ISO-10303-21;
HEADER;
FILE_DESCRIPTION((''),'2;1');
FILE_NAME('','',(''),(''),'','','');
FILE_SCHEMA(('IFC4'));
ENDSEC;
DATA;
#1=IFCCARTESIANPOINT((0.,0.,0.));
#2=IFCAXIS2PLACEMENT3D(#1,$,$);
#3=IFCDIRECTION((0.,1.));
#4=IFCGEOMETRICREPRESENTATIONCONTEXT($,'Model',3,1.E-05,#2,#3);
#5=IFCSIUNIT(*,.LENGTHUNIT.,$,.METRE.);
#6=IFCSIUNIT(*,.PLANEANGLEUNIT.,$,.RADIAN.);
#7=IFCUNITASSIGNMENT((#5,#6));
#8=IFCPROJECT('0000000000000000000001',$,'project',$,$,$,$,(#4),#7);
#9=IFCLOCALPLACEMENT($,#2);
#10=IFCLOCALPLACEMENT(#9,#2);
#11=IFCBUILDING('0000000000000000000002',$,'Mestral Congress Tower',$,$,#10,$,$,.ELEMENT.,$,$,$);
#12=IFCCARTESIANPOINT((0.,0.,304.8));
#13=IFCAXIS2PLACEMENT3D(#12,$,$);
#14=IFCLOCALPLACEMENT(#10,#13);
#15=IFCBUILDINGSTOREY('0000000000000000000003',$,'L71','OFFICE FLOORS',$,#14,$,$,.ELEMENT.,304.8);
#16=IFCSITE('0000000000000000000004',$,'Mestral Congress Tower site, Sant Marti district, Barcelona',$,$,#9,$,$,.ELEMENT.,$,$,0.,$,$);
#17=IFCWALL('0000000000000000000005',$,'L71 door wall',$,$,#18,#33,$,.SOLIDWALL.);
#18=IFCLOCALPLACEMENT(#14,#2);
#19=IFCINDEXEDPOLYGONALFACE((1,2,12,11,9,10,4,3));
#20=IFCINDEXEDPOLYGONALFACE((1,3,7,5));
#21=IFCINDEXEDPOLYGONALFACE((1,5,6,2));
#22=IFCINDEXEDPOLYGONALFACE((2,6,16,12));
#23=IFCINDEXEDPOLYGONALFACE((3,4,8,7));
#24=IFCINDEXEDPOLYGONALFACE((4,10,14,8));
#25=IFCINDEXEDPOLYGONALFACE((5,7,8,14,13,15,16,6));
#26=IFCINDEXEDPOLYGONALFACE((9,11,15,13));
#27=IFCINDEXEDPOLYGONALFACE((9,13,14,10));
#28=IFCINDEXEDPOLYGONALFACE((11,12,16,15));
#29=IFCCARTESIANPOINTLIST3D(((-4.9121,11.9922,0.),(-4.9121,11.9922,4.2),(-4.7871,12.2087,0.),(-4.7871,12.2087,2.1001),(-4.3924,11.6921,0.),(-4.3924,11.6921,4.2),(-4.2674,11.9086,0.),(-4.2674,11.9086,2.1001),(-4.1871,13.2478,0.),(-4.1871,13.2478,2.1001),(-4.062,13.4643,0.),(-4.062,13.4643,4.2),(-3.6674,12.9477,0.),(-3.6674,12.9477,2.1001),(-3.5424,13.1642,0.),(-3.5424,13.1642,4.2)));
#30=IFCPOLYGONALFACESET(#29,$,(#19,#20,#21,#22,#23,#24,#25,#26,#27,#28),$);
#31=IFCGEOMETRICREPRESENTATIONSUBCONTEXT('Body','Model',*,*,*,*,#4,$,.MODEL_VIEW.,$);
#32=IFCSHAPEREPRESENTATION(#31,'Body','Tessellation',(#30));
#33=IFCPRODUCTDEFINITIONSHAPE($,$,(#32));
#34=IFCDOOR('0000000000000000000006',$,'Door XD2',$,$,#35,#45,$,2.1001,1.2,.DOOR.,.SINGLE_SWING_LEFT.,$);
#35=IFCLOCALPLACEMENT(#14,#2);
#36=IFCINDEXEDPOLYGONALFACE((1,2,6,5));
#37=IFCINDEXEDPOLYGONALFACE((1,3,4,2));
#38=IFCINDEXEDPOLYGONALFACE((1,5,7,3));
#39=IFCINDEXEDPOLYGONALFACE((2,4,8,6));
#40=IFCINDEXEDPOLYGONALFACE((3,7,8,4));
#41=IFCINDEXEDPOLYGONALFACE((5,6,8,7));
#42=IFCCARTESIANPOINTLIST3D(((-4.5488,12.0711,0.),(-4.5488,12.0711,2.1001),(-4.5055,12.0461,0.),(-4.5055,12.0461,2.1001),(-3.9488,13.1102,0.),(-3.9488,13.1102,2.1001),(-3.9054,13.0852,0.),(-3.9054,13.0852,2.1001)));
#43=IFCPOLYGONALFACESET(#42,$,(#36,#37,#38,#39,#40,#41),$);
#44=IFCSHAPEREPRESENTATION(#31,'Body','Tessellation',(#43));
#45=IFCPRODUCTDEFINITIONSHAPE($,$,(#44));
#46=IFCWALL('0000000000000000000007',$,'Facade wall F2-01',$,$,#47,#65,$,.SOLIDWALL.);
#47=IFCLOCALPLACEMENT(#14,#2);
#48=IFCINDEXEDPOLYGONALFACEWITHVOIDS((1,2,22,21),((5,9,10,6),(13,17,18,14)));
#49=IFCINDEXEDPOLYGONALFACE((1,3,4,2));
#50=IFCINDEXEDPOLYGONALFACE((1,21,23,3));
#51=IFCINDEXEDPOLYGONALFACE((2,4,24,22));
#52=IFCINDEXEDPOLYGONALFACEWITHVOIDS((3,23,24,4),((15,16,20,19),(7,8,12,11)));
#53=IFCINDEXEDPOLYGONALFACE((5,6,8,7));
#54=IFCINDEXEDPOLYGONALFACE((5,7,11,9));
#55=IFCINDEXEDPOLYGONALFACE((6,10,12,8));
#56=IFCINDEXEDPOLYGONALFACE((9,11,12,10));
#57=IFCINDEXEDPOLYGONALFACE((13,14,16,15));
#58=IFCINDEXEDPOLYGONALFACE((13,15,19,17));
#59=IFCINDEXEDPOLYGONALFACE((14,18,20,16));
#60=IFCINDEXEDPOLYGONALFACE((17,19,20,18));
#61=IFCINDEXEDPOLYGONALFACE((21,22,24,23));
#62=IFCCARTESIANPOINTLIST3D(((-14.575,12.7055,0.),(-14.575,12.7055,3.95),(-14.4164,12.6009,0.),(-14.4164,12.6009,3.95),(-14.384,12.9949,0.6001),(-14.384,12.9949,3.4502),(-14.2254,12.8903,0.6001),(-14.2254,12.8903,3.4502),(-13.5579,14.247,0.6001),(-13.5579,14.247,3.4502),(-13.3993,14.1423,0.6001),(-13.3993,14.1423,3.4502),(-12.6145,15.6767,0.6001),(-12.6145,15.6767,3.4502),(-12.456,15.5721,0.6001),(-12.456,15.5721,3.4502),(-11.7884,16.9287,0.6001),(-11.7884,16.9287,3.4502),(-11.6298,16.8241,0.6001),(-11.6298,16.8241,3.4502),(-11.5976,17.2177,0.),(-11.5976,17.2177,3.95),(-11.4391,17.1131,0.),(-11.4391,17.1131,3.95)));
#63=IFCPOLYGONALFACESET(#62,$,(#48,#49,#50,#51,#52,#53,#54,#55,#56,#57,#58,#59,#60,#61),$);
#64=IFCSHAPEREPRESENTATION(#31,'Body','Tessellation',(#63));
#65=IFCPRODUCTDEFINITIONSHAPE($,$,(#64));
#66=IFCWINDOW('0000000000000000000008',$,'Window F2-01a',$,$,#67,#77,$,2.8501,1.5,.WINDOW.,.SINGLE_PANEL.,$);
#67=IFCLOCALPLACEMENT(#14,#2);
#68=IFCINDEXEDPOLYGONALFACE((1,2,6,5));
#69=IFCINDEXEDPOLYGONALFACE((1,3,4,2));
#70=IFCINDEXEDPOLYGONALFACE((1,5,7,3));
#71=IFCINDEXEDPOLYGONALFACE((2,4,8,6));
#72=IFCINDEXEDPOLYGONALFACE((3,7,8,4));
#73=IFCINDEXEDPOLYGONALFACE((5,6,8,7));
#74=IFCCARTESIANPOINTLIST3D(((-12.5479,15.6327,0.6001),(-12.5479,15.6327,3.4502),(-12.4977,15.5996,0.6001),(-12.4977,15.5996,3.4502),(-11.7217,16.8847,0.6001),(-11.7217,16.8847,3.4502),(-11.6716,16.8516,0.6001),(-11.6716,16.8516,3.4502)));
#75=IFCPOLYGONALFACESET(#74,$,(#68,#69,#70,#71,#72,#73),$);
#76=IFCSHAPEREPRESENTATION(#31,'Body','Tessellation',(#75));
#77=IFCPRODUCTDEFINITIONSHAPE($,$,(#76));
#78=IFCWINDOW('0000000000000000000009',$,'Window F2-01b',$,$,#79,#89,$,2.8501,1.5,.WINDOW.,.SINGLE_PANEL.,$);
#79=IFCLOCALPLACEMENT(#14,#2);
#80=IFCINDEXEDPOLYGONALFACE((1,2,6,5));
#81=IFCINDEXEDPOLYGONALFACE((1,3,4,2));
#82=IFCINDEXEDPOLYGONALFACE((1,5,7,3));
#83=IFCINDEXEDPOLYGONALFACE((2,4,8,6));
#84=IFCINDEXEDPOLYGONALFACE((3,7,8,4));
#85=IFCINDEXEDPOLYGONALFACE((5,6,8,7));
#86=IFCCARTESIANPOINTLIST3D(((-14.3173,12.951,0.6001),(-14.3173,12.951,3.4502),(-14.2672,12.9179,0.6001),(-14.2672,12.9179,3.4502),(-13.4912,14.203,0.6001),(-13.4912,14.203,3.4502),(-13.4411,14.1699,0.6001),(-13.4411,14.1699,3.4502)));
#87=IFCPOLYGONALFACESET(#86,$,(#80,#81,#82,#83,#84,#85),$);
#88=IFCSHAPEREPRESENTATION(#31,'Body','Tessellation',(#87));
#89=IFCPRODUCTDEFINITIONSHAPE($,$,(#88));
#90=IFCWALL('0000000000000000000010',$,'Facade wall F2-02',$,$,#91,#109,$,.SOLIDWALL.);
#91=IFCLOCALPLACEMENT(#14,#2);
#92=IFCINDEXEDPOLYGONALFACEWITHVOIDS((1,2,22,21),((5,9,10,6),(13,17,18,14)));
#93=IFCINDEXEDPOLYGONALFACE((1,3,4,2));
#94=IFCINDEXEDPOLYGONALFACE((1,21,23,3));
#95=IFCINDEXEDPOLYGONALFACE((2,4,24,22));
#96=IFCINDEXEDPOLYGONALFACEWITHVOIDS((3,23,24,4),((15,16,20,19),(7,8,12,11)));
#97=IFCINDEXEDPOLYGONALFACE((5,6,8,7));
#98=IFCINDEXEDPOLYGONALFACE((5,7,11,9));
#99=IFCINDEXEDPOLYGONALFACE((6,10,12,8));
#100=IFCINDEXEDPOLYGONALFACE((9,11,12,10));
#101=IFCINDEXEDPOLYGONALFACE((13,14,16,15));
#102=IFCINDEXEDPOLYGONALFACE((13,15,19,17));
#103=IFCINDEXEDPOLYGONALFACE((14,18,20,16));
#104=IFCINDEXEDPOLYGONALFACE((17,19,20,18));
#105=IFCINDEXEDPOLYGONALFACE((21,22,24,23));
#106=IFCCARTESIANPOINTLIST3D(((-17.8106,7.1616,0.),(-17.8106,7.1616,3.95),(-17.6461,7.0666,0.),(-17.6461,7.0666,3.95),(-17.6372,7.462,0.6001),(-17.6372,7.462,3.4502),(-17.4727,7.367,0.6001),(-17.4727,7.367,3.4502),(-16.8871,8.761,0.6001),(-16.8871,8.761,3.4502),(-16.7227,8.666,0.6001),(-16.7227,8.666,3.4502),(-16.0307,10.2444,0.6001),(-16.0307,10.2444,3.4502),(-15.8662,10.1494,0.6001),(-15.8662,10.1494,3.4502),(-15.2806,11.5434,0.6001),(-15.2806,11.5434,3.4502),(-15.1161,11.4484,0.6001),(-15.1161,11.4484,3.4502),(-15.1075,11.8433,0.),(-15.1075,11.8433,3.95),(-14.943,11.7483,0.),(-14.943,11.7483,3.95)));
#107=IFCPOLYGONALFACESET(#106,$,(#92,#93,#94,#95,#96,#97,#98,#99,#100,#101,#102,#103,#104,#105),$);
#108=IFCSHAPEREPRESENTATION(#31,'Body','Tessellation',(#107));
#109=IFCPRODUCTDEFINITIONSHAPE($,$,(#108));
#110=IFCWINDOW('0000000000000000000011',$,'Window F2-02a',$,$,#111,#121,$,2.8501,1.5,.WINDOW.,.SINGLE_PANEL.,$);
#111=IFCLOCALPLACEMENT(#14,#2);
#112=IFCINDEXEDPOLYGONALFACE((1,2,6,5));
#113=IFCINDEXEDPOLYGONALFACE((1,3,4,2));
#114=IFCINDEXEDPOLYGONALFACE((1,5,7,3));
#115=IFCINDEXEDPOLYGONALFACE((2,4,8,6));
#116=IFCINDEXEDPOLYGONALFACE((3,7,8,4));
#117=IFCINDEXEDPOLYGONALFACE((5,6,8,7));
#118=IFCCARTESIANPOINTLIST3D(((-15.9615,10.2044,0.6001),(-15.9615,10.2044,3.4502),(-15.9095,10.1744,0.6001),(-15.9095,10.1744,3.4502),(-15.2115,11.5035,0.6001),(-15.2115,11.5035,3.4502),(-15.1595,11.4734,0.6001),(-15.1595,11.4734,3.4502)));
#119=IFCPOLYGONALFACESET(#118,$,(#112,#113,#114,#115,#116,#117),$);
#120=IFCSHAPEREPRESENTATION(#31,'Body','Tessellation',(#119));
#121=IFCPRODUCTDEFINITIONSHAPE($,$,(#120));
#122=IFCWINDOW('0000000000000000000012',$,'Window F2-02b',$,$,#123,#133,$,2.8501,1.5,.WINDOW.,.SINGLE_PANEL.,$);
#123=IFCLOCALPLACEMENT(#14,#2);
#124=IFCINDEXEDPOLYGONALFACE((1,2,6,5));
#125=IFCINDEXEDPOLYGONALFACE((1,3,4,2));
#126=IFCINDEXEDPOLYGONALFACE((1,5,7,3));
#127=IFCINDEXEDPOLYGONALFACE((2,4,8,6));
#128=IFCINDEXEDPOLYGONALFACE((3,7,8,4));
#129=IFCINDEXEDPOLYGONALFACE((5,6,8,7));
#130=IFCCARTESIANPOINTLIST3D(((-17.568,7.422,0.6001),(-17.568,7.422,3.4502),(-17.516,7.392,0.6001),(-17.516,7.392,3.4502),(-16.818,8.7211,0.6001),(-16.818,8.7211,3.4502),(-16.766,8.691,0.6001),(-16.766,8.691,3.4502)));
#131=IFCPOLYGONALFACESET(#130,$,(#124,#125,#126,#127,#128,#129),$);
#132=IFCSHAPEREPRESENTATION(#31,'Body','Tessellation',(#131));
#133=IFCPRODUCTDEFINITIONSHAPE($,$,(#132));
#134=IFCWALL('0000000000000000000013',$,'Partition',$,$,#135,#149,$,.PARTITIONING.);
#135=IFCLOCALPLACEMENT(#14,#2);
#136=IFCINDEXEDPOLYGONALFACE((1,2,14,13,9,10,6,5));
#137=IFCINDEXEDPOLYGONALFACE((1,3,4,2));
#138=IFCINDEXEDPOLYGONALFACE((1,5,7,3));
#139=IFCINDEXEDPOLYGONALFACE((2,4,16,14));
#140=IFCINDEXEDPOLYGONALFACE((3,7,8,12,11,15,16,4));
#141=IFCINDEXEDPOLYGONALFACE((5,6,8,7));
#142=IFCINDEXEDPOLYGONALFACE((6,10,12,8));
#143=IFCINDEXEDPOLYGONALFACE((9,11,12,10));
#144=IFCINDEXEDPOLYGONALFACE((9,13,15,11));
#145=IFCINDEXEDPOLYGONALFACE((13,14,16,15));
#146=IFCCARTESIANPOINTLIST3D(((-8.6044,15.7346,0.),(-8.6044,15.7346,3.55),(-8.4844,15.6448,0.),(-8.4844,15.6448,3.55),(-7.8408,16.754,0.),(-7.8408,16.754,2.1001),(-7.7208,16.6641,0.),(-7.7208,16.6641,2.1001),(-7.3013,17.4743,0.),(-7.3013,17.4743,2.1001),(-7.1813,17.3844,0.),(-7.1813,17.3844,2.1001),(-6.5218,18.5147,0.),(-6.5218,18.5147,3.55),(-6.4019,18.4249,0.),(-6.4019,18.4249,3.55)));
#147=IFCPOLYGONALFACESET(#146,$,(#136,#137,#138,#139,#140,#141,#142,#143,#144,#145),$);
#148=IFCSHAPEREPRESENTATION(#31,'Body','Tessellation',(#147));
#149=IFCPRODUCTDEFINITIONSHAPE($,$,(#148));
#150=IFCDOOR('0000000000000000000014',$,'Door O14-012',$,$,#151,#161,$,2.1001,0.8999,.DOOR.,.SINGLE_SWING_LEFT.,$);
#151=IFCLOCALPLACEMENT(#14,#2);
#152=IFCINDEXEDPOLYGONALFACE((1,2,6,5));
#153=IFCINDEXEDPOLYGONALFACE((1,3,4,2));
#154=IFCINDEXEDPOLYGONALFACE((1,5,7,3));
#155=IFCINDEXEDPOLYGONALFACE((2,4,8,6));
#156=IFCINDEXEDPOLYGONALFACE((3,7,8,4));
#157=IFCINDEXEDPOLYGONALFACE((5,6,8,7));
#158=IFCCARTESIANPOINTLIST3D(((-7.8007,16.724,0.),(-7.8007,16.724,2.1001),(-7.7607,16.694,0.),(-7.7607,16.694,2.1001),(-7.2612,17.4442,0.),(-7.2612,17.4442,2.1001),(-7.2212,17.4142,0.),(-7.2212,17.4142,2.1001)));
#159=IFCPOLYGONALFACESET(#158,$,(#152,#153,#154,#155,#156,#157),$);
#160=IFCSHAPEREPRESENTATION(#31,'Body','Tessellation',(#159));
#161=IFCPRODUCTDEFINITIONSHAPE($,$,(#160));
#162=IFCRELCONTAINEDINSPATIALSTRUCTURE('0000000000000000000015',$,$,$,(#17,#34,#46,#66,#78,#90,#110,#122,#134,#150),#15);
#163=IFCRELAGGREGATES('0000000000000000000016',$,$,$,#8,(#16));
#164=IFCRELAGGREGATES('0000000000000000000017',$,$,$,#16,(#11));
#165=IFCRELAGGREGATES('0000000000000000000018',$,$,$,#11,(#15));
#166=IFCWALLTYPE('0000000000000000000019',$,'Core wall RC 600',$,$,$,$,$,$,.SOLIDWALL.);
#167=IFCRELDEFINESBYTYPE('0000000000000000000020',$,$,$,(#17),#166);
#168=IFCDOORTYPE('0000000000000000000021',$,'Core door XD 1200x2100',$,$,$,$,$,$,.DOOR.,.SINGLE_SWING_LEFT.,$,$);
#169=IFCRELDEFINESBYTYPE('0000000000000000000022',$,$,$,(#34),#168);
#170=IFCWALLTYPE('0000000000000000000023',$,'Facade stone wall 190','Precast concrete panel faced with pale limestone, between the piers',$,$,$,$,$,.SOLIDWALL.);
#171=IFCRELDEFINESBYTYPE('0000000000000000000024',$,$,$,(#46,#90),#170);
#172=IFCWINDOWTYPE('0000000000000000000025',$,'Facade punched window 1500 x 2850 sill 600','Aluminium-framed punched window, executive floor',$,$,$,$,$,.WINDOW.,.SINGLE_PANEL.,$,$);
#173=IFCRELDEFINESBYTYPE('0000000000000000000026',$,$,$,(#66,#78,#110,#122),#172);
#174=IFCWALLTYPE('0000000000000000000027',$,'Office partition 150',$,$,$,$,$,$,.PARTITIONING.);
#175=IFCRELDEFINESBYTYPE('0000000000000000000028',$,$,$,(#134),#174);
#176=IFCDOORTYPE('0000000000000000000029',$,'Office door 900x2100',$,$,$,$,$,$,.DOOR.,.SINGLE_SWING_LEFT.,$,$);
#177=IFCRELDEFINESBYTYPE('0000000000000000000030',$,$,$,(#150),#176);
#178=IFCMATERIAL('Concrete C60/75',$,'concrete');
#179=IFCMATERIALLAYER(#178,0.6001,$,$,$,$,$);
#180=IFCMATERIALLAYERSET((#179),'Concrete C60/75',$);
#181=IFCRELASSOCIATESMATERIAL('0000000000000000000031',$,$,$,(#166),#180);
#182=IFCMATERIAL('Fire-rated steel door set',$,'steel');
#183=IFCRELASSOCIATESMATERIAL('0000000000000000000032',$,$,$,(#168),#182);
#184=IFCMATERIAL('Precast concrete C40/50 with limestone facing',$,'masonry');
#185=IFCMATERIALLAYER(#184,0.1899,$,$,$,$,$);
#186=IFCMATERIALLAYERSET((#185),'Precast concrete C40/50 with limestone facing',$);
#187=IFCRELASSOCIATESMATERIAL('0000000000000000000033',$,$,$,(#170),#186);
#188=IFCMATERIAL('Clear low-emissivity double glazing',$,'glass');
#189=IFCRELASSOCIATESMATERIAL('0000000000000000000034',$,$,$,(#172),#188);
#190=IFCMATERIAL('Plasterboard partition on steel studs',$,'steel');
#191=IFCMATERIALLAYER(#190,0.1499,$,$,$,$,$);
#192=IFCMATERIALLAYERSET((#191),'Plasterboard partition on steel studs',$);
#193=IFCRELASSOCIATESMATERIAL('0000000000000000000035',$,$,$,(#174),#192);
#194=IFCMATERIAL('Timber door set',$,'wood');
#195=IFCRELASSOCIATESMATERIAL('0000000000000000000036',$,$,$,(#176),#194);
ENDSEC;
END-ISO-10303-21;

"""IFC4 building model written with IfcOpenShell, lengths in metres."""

from ifc_helpers import new_model, si_unit, direction, frame, frame_2d, origin, place, context, subcontext, project, spatial, rectangle, extrude, material, layer, layer_set, type_object, element, fill, save


model = new_model("IFC4")

# Units and contexts
model_context = context("Model", 3, precision=1e-05, world=origin(), true_north=direction((0.0, 1.0)))
body_context = subcontext(model_context, "Body", "Model", "MODEL_VIEW")
ifc_project = project(units=[si_unit("LENGTHUNIT", "METRE"), si_unit("PLANEANGLEUNIT", "RADIAN")], contexts=[model_context])

# Site, building, storey
site_placement = place(None, origin())
site = spatial("IfcSite", under=ifc_project, at=site_placement, Name="Mestral Congress Tower site, Sant Marti district, Barcelona", CompositionType="ELEMENT", RefElevation=0.0)
building_placement = place(site_placement, origin())
building = spatial("IfcBuilding", under=site, at=building_placement, Name="Mestral Congress Tower", CompositionType="ELEMENT")
storey_placement = place(building_placement, frame((0.0, 0.0, 304.8)))
storey = spatial("IfcBuildingStorey", under=building, at=storey_placement, Name="L71", Description="OFFICE FLOORS", CompositionType="ELEMENT", Elevation=304.8)

# Shared definitions
ifc_material_1 = material(Name="Concrete C60/75", Category="concrete")

# Shared definitions
ifc_layer_1 = layer(ifc_material_1, 0.6001)
ifc_layer_set_1 = layer_set([ifc_layer_1], Name="Concrete C60/75")
wall_type_1 = type_object("IfcWallType", Name="Core wall RC 600", PredefinedType="SOLIDWALL", material=ifc_layer_set_1)

# Wall, opening, door
wall_1_placement = place(storey_placement, frame((-4.6523, 11.842, 0.0), z_axis=(0.0, 0.0, 1.0), x_axis=(0.500062, 0.865989, 0.0)))
wall_1 = element("IfcWall", 1, at=wall_1_placement, inside=storey, type_object=wall_type_1, Name="L71 door wall", PredefinedType="SOLIDWALL", context=body_context, shape_type="SweptSolid", body=[
    extrude(rectangle(XDim=1.7, YDim=0.6001, at=frame_2d((0.8501, 0.0))), origin(), (0.0, 0.0, 1.0), 4.2),
])
opening_1_placement = place(wall_1_placement, frame((0.25, 0.0, 0.0)))
opening_1 = element("IfcOpeningElement", 2, at=opening_1_placement, cuts=wall_1, PredefinedType="OPENING", context=body_context, shape_type="SweptSolid", body=[
    extrude(rectangle(XDim=1.2, YDim=2.1001, at=frame_2d((0.6001, 1.05))), frame((0.0, 0.3101, 0.0), z_axis=(0.0, -1.0, 0.0), x_axis=(1.0, 0.0, 0.0)), (0.0, 0.0, 1.0), 0.6201),
])
ifc_material_2 = material(Name="Fire-rated steel door set", Category="steel")
door_type_1 = type_object("IfcDoorType", Name="Core door XD 1200x2100", OperationType="SINGLE_SWING_LEFT", PredefinedType="DOOR", material=ifc_material_2)
door_1_placement = place(opening_1_placement, origin())
door_1 = element("IfcDoor", 3, at=door_1_placement, inside=storey, type_object=door_type_1, Name="Door XD2", OperationType="SINGLE_SWING_LEFT", OverallHeight=2.1001, OverallWidth=1.2, PredefinedType="DOOR", context=body_context, shape_type="SweptSolid", body=[
    extrude(rectangle(XDim=1.2, YDim=2.1001, at=frame_2d((0.6001, 1.05))), frame((0.0, 0.0249, 0.0), z_axis=(0.0, -1.0, 0.0), x_axis=(1.0, 0.0, 0.0)), (0.0, 0.0, 1.0), 0.05),
])
fill(opening_1, door_1)

# Walls, openings, windows
ifc_material_3 = material(Name="Precast concrete C40/50 with limestone facing", Category="masonry")
ifc_layer_2 = layer(ifc_material_3, 0.1899)
ifc_layer_set_2 = layer_set([ifc_layer_2], Name="Precast concrete C40/50 with limestone facing")
wall_type_2 = type_object("IfcWallType", Name="Facade stone wall 190", Description="Precast concrete panel faced with pale limestone, between the piers", PredefinedType="SOLIDWALL", material=ifc_layer_set_2)
wall_2_placement = place(storey_placement, frame((-11.5183, 17.1655, 0.0), z_axis=(0.0, 0.0, 1.0), x_axis=(-0.550744, -0.834674, 0.0)))
wall_2 = element("IfcWall", 4, at=wall_2_placement, inside=storey, type_object=wall_type_2, Name="Facade wall F2-01", PredefinedType="SOLIDWALL", context=body_context, shape_type="SweptSolid", body=[
    extrude(rectangle(XDim=5.406, YDim=0.1899, at=frame_2d((2.7031, 0.0))), origin(), (0.0, 0.0, 1.0), 3.95),
])
opening_2_placement = place(wall_2_placement, frame((0.3464, 0.0, 0.6001)))
opening_2 = element("IfcOpeningElement", 5, at=opening_2_placement, cuts=wall_2, PredefinedType="OPENING", context=body_context, shape_type="SweptSolid", body=[
    extrude(rectangle(XDim=1.5, YDim=2.8501, at=frame_2d((0.75, 1.425))), frame((0.0, 0.105, 0.0), z_axis=(0.0, -1.0, 0.0), x_axis=(1.0, 0.0, 0.0)), (0.0, 0.0, 1.0), 0.21),
])
opening_3_placement = place(wall_2_placement, frame((3.5593, 0.0, 0.6001)))
opening_3 = element("IfcOpeningElement", 6, at=opening_3_placement, cuts=wall_2, PredefinedType="OPENING", context=body_context, shape_type="SweptSolid", body=[
    extrude(rectangle(XDim=1.5, YDim=2.8501, at=frame_2d((0.75, 1.425))), frame((0.0, 0.105, 0.0), z_axis=(0.0, -1.0, 0.0), x_axis=(1.0, 0.0, 0.0)), (0.0, 0.0, 1.0), 0.21),
])
ifc_material_4 = material(Name="Clear low-emissivity double glazing", Category="glass")
window_type = type_object("IfcWindowType", Name="Facade punched window 1500 x 2850 sill 600", Description="Aluminium-framed punched window, executive floor", PartitioningType="SINGLE_PANEL", PredefinedType="WINDOW", material=ifc_material_4)
window_1_placement = place(opening_2_placement, origin())
window_1 = element("IfcWindow", 7, at=window_1_placement, inside=storey, type_object=window_type, Name="Window F2-01a", OverallHeight=2.8501, OverallWidth=1.5, PartitioningType="SINGLE_PANEL", PredefinedType="WINDOW", context=body_context, shape_type="SweptSolid", body=[
    extrude(rectangle(XDim=1.5, YDim=2.8501, at=frame_2d((0.75, 1.425))), frame((0.0, 0.0449, 0.0), z_axis=(0.0, -1.0, 0.0), x_axis=(1.0, 0.0, 0.0)), (0.0, 0.0, 1.0), 0.0601),
])
fill(opening_2, window_1)
window_2_placement = place(opening_3_placement, origin())
window_2 = element("IfcWindow", 8, at=window_2_placement, inside=storey, type_object=window_type, Name="Window F2-01b", OverallHeight=2.8501, OverallWidth=1.5, PartitioningType="SINGLE_PANEL", PredefinedType="WINDOW", context=body_context, shape_type="SweptSolid", body=[
    extrude(rectangle(XDim=1.5, YDim=2.8501, at=frame_2d((0.75, 1.425))), frame((0.0, 0.0449, 0.0), z_axis=(0.0, -1.0, 0.0), x_axis=(1.0, 0.0, 0.0)), (0.0, 0.0, 1.0), 0.0601),
])
fill(opening_3, window_2)
wall_3_placement = place(storey_placement, frame((-15.0251, 11.7959, 0.0), z_axis=(0.0, 0.0, 1.0), x_axis=(-0.500025, -0.866011, 0.0)))
wall_3 = element("IfcWall", 9, at=wall_3_placement, inside=storey, type_object=wall_type_2, Name="Facade wall F2-02", PredefinedType="SOLIDWALL", context=body_context, shape_type="SweptSolid", body=[
    extrude(rectangle(XDim=5.406, YDim=0.1899, at=frame_2d((2.7031, 0.0))), origin(), (0.0, 0.0, 1.0), 3.95),
])
opening_4_placement = place(wall_3_placement, frame((0.3464, 0.0, 0.6001)))
opening_4 = element("IfcOpeningElement", 10, at=opening_4_placement, cuts=wall_3, PredefinedType="OPENING", context=body_context, shape_type="SweptSolid", body=[
    extrude(rectangle(XDim=1.5, YDim=2.8501, at=frame_2d((0.75, 1.425))), frame((0.0, 0.105, 0.0), z_axis=(0.0, -1.0, 0.0), x_axis=(1.0, 0.0, 0.0)), (0.0, 0.0, 1.0), 0.21),
])
opening_5_placement = place(wall_3_placement, frame((3.5593, 0.0, 0.6001)))
opening_5 = element("IfcOpeningElement", 11, at=opening_5_placement, cuts=wall_3, PredefinedType="OPENING", context=body_context, shape_type="SweptSolid", body=[
    extrude(rectangle(XDim=1.5, YDim=2.8501, at=frame_2d((0.75, 1.425))), frame((0.0, 0.105, 0.0), z_axis=(0.0, -1.0, 0.0), x_axis=(1.0, 0.0, 0.0)), (0.0, 0.0, 1.0), 0.21),
])
window_3_placement = place(opening_4_placement, origin())
window_3 = element("IfcWindow", 12, at=window_3_placement, inside=storey, type_object=window_type, Name="Window F2-02a", OverallHeight=2.8501, OverallWidth=1.5, PartitioningType="SINGLE_PANEL", PredefinedType="WINDOW", context=body_context, shape_type="SweptSolid", body=[
    extrude(rectangle(XDim=1.5, YDim=2.8501, at=frame_2d((0.75, 1.425))), frame((0.0, 0.0449, 0.0), z_axis=(0.0, -1.0, 0.0), x_axis=(1.0, 0.0, 0.0)), (0.0, 0.0, 1.0), 0.0601),
])
fill(opening_4, window_3)
window_4_placement = place(opening_5_placement, origin())
window_4 = element("IfcWindow", 13, at=window_4_placement, inside=storey, type_object=window_type, Name="Window F2-02b", OverallHeight=2.8501, OverallWidth=1.5, PartitioningType="SINGLE_PANEL", PredefinedType="WINDOW", context=body_context, shape_type="SweptSolid", body=[
    extrude(rectangle(XDim=1.5, YDim=2.8501, at=frame_2d((0.75, 1.425))), frame((0.0, 0.0449, 0.0), z_axis=(0.0, -1.0, 0.0), x_axis=(1.0, 0.0, 0.0)), (0.0, 0.0, 1.0), 0.0601),
])
fill(opening_5, window_4)

# Wall, opening, door
ifc_material_5 = material(Name="Plasterboard partition on steel studs", Category="steel")
ifc_layer_3 = layer(ifc_material_5, 0.1499)
ifc_layer_set_3 = layer_set([ifc_layer_3], Name="Plasterboard partition on steel studs")
wall_type_3 = type_object("IfcWallType", Name="Office partition 150", PredefinedType="PARTITIONING", material=ifc_layer_set_3)
wall_4_placement = place(storey_placement, frame((-8.5444, 15.6897, 0.0), z_axis=(0.0, 0.0, 1.0), x_axis=(0.599539, 0.800346, 0.0)))
wall_4 = element("IfcWall", 14, at=wall_4_placement, inside=storey, type_object=wall_type_3, Name="Partition", PredefinedType="PARTITIONING", context=body_context, shape_type="SweptSolid", body=[
    extrude(rectangle(XDim=3.4736, YDim=0.1499, at=frame_2d((1.7368, 0.0))), origin(), (0.0, 0.0, 1.0), 3.55),
])
opening_6_placement = place(wall_4_placement, frame((1.2737, 0.0, 0.0)))
opening_6 = element("IfcOpeningElement", 15, at=opening_6_placement, cuts=wall_4, PredefinedType="OPENING", context=body_context, shape_type="SweptSolid", body=[
    extrude(rectangle(XDim=0.8999, YDim=2.1001, at=frame_2d((0.45, 1.05))), frame((0.0, 0.085, 0.0), z_axis=(0.0, -1.0, 0.0), x_axis=(1.0, 0.0, 0.0)), (0.0, 0.0, 1.0), 0.1699),
])
ifc_material_6 = material(Name="Timber door set", Category="wood")
door_type_2 = type_object("IfcDoorType", Name="Office door 900x2100", OperationType="SINGLE_SWING_LEFT", PredefinedType="DOOR", material=ifc_material_6)
door_2_placement = place(opening_6_placement, origin())
door_2 = element("IfcDoor", 16, at=door_2_placement, inside=storey, type_object=door_type_2, Name="Door O14-012", OperationType="SINGLE_SWING_LEFT", OverallHeight=2.1001, OverallWidth=0.8999, PredefinedType="DOOR", context=body_context, shape_type="SweptSolid", body=[
    extrude(rectangle(XDim=0.8999, YDim=2.1001, at=frame_2d((0.45, 1.05))), frame((0.0, 0.0249, 0.0), z_axis=(0.0, -1.0, 0.0), x_axis=(1.0, 0.0, 0.0)), (0.0, 0.0, 1.0), 0.05),
])
fill(opening_6, door_2)

save(model, "model.ifc")
